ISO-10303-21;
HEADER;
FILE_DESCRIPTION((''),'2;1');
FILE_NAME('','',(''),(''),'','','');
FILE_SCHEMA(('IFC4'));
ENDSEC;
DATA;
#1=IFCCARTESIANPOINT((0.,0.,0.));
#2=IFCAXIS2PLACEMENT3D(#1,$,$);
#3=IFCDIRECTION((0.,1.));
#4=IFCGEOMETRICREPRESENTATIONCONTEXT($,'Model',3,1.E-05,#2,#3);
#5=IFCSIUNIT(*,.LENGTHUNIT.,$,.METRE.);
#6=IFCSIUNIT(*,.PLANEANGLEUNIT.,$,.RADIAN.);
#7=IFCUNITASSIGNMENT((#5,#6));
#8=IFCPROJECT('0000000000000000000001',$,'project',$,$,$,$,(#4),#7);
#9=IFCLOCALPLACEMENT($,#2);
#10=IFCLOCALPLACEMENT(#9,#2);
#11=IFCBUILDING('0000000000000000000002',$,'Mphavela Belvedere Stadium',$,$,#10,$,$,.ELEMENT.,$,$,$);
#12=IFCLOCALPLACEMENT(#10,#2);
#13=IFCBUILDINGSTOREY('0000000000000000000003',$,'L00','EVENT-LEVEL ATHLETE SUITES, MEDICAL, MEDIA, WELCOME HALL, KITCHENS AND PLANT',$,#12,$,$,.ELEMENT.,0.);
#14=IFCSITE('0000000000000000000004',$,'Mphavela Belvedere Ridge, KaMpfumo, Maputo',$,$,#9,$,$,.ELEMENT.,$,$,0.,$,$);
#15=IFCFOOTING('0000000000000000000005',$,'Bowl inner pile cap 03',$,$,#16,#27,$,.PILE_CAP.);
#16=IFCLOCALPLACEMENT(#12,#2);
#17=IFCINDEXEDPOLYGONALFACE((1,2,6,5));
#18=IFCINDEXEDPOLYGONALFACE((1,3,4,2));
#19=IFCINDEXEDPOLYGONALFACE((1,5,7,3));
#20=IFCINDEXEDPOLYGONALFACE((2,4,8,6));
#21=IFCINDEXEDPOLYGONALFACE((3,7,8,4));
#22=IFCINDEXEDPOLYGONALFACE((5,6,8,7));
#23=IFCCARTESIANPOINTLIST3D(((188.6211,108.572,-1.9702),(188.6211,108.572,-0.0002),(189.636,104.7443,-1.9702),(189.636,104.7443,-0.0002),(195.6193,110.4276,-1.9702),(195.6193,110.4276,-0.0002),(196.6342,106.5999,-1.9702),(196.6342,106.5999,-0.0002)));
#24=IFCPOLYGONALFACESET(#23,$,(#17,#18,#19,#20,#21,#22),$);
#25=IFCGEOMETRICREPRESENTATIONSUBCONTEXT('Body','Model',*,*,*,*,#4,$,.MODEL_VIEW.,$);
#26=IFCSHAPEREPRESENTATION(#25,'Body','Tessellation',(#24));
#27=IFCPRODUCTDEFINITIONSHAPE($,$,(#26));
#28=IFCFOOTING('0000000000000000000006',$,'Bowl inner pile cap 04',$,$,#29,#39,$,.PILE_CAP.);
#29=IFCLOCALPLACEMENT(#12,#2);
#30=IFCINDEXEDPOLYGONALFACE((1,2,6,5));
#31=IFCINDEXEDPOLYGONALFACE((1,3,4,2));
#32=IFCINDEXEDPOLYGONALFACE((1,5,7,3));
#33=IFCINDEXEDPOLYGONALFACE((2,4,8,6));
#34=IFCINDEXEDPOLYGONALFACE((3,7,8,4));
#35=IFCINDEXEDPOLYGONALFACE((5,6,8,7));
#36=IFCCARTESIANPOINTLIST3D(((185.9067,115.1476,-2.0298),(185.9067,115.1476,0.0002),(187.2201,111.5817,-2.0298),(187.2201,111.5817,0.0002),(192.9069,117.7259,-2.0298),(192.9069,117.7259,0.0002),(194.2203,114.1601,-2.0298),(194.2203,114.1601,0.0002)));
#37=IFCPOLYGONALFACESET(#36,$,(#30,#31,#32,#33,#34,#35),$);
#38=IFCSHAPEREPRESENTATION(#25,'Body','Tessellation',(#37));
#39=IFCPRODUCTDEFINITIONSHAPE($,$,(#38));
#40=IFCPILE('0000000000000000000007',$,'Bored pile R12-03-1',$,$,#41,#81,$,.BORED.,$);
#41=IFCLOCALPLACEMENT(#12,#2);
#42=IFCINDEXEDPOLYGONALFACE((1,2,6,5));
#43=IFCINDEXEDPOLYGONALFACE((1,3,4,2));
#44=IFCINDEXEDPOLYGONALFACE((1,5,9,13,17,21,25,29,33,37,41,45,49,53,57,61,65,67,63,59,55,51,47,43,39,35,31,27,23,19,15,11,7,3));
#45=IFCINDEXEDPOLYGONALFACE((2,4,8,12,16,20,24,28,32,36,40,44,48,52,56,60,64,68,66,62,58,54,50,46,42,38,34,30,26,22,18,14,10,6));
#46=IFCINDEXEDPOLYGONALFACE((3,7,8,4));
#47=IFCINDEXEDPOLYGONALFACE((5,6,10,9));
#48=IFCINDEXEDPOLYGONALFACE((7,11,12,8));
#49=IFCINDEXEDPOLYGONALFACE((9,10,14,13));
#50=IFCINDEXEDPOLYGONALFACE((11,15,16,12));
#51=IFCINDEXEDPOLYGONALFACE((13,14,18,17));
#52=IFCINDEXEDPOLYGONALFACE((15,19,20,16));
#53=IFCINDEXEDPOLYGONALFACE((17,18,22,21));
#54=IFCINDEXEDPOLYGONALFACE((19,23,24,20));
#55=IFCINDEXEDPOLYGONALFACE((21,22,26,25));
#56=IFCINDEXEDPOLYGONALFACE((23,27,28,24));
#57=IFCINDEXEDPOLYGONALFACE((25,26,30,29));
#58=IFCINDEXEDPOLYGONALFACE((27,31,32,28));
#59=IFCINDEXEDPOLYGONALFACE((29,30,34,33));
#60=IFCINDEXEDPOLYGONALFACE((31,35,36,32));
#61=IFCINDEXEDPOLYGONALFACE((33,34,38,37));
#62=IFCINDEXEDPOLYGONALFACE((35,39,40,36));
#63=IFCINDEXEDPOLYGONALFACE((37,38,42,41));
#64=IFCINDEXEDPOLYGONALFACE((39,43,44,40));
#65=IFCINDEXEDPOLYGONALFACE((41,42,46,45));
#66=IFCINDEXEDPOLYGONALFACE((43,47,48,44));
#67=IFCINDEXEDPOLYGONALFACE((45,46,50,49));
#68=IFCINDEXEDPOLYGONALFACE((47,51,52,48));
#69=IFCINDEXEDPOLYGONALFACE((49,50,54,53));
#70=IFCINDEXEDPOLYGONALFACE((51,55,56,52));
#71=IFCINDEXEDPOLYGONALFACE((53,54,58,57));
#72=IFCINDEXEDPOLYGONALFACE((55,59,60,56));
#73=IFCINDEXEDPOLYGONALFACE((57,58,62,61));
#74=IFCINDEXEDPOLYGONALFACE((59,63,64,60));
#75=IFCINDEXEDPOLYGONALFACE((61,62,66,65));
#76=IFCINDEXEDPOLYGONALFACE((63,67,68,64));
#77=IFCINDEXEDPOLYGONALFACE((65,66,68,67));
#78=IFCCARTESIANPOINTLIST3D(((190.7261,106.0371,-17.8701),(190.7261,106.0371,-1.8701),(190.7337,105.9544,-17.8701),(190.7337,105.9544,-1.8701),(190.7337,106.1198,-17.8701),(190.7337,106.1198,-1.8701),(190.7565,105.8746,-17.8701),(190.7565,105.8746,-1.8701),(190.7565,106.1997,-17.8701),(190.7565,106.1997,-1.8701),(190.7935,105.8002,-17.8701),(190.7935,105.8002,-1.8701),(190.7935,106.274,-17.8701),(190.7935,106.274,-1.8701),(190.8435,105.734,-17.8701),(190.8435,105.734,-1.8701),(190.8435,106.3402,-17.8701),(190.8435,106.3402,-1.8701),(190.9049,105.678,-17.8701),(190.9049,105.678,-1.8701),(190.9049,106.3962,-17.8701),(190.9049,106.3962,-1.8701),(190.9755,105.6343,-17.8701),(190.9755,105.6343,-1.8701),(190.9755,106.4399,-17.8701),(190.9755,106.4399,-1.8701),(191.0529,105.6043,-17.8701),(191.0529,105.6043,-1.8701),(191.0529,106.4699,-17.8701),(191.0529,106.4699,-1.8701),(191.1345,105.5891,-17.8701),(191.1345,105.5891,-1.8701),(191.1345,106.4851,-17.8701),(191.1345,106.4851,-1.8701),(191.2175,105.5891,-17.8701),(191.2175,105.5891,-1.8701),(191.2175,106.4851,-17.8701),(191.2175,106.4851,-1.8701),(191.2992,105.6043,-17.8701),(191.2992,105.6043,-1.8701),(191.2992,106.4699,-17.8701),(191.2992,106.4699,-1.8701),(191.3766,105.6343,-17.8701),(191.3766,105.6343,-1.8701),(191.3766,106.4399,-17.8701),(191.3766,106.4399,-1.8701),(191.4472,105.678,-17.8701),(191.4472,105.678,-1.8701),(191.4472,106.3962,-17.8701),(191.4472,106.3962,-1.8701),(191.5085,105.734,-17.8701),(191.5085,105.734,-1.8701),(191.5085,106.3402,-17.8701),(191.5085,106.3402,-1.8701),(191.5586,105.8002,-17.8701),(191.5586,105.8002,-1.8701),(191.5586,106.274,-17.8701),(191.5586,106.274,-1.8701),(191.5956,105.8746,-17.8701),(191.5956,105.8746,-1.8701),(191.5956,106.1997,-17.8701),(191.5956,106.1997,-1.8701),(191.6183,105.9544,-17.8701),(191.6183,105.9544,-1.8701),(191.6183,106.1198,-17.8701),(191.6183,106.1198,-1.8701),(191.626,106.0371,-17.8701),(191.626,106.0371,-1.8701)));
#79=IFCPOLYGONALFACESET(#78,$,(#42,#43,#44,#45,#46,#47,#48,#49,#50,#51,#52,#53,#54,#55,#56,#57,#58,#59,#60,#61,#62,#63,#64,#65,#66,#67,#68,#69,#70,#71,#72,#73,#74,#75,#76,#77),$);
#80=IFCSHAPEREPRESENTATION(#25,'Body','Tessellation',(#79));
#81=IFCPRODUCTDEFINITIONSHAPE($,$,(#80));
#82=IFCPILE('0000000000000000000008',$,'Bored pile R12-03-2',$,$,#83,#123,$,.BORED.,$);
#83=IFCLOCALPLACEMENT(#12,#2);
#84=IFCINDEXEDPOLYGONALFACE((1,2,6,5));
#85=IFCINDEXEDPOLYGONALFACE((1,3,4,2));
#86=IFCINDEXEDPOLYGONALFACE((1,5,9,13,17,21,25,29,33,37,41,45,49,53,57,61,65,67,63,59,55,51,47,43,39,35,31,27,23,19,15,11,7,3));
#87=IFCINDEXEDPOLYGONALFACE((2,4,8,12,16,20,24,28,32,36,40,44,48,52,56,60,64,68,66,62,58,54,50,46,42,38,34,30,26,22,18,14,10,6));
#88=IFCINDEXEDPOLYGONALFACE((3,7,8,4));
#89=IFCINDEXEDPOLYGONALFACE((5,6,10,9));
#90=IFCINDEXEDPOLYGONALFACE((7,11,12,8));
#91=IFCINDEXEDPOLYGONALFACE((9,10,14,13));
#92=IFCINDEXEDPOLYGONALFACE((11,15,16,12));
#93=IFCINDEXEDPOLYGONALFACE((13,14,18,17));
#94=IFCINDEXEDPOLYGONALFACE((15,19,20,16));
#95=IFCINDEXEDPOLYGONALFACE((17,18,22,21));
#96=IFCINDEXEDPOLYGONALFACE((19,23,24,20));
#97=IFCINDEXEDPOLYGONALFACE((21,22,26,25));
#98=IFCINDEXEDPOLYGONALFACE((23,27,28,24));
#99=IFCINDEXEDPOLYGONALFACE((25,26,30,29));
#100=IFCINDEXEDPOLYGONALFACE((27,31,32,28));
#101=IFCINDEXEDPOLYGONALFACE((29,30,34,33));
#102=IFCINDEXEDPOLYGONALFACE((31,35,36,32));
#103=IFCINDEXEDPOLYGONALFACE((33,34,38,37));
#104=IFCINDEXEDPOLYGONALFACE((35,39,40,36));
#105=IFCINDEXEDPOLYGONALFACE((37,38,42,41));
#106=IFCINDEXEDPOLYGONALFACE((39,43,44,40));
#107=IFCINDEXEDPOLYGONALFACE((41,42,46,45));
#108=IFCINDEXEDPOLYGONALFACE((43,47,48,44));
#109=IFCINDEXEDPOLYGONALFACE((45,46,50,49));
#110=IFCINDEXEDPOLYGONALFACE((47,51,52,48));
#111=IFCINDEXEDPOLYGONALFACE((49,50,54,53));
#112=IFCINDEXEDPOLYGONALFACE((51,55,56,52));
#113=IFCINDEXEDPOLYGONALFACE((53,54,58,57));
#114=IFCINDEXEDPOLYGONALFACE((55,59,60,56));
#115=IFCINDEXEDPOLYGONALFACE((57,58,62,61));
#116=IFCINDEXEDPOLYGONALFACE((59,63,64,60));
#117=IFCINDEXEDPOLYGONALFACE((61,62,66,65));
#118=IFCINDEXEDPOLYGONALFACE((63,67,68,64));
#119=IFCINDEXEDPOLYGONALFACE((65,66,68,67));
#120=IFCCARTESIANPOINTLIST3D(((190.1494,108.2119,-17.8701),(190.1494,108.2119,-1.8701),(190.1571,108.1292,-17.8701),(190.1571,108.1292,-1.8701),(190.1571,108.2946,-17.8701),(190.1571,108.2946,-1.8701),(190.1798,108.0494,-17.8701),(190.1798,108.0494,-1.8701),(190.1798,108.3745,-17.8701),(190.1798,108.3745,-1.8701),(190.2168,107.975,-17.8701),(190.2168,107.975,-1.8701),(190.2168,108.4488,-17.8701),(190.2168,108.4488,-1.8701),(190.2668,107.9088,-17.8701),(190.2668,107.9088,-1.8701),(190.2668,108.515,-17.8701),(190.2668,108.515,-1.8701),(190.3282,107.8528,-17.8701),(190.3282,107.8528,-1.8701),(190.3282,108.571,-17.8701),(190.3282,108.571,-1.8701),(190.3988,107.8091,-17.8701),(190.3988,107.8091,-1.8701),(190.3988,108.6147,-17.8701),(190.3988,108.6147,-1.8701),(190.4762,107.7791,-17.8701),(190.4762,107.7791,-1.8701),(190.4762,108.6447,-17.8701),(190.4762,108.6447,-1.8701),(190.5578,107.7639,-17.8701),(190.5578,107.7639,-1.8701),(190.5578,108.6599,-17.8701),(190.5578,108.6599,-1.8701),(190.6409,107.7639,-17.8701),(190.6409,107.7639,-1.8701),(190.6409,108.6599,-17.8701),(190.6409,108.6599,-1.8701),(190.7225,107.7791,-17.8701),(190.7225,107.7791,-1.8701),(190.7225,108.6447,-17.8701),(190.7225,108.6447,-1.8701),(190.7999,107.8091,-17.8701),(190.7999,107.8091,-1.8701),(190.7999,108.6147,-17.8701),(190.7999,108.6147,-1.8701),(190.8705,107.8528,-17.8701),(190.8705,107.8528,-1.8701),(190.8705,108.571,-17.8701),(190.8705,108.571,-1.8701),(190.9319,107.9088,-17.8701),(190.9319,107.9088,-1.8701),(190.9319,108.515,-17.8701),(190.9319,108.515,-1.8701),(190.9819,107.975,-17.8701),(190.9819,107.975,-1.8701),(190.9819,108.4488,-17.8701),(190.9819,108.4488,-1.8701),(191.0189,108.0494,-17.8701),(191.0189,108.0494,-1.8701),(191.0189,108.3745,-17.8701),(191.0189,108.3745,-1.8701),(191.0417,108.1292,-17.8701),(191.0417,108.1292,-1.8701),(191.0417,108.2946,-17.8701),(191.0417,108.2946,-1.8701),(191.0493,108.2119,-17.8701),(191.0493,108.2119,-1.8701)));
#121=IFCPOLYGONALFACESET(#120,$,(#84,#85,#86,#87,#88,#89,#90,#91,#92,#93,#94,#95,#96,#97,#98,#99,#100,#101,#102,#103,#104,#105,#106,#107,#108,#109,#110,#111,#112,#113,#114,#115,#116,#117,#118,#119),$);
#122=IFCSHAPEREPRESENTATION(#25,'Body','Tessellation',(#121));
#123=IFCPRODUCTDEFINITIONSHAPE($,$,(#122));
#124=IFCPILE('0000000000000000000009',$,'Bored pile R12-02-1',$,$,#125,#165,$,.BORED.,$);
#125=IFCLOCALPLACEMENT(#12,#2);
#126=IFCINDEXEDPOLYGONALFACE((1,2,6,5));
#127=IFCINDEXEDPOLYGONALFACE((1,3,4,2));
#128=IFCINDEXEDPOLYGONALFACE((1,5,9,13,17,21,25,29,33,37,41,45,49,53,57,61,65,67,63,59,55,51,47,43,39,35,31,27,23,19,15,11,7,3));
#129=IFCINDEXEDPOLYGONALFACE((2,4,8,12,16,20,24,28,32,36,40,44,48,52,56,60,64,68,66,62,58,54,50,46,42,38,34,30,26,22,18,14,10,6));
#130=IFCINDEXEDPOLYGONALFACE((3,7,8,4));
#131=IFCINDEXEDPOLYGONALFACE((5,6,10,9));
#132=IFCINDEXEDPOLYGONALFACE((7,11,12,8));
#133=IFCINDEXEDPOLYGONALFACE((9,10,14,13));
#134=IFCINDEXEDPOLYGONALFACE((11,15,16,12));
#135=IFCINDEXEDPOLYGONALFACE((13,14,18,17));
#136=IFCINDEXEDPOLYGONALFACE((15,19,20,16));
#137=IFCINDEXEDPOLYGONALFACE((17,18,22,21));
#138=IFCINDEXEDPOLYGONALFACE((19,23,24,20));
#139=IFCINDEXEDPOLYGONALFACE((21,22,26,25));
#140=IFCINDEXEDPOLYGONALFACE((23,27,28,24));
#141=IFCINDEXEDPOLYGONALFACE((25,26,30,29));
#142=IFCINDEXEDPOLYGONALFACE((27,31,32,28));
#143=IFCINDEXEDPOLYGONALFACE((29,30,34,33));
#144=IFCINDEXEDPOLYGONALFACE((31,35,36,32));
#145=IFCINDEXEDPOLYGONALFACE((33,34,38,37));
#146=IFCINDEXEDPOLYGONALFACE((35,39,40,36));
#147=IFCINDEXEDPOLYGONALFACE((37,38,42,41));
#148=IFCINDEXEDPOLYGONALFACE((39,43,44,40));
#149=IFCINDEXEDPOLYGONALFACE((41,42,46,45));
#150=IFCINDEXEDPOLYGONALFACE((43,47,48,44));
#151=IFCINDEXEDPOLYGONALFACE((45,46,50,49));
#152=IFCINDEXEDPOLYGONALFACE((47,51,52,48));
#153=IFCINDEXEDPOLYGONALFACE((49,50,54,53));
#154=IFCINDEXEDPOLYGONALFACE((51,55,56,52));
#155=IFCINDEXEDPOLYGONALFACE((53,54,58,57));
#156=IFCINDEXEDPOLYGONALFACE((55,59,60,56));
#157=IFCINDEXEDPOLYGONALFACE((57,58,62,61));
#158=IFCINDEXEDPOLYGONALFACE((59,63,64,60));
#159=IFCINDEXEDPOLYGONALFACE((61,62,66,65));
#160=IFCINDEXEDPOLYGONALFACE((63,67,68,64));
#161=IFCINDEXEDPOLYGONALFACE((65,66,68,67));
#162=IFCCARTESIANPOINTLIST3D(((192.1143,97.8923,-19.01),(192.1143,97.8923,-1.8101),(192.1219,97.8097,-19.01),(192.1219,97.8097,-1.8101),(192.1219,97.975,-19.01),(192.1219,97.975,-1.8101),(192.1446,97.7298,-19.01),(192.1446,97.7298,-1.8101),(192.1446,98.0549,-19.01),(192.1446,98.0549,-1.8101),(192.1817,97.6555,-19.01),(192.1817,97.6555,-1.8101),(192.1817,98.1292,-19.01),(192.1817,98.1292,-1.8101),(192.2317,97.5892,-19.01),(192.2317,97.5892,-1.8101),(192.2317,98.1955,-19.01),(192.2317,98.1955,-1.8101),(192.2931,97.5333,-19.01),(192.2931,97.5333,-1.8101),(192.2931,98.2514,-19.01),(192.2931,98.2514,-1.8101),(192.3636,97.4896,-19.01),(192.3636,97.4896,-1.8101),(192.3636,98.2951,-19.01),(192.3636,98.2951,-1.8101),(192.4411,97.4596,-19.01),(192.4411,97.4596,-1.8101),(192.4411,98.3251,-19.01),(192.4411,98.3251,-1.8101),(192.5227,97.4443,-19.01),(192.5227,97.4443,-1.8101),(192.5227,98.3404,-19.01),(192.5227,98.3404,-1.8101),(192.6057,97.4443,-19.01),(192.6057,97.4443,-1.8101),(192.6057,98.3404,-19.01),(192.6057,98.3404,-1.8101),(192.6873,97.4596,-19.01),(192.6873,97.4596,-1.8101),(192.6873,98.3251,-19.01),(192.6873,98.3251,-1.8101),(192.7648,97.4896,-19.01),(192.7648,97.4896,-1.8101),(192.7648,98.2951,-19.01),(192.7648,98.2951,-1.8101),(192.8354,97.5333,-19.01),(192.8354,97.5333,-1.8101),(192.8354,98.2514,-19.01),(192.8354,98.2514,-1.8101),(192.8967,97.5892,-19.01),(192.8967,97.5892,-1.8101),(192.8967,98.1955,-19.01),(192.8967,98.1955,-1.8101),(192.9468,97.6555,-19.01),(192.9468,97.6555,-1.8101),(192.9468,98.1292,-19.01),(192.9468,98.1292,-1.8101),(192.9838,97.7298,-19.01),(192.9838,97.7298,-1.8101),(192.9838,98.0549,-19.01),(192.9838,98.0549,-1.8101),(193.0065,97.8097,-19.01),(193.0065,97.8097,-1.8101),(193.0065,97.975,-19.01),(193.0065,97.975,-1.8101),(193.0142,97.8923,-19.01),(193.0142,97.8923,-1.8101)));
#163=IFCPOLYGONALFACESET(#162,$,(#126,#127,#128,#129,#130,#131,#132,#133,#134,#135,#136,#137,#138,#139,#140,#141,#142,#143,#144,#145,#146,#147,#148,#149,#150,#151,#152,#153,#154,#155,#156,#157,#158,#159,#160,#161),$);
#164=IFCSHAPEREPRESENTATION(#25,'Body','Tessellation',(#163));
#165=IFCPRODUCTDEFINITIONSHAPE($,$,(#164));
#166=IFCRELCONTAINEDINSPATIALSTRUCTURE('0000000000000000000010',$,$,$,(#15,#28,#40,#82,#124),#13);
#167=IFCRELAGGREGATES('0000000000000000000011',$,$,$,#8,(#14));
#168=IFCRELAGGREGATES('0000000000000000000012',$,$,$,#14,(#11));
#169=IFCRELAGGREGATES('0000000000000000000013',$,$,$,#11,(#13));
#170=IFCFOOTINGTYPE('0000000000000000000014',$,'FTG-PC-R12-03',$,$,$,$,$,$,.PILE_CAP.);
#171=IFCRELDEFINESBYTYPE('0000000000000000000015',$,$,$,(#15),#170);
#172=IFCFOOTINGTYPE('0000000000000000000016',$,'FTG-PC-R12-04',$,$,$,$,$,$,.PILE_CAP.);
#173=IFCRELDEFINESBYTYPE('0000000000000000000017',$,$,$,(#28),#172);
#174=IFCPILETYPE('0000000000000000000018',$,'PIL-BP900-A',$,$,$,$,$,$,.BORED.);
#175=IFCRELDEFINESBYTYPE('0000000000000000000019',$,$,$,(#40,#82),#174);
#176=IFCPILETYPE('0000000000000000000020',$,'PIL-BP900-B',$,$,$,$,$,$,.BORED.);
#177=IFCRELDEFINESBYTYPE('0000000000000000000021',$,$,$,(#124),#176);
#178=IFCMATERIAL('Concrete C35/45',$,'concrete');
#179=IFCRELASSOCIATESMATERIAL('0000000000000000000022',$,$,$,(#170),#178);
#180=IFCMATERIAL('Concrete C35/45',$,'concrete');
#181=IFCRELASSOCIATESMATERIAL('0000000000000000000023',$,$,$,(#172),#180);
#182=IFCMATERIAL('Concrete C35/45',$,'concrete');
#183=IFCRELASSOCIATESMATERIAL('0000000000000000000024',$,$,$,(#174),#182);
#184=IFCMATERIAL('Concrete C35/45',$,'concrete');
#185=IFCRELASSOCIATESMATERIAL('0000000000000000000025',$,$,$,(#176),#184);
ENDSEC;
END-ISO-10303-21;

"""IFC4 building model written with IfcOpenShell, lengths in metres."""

from ifc_helpers import new_model, si_unit, direction, frame, origin, origin_2d, place, context, subcontext, project, spatial, rectangle, circle, extrude, material, material_profile, profile_set, type_object, element, save


model = new_model("IFC4")

# Units and contexts
model_context = context("Model", 3, precision=1e-05, world=origin(), true_north=direction((0.0, 1.0)))
body_context = subcontext(model_context, "Body", "Model", "MODEL_VIEW")
ifc_project = project(units=[si_unit("LENGTHUNIT", "METRE"), si_unit("PLANEANGLEUNIT", "RADIAN")], contexts=[model_context])

# Site, building, storey
site_placement = place(None, origin())
site = spatial("IfcSite", under=ifc_project, at=site_placement, Name="Mphavela Belvedere Ridge, KaMpfumo, Maputo", CompositionType="ELEMENT", RefElevation=0.0)
building_placement = place(site_placement, origin())
building = spatial("IfcBuilding", under=site, at=building_placement, Name="Mphavela Belvedere Stadium", CompositionType="ELEMENT")
storey_placement = place(building_placement, origin())
storey = spatial("IfcBuildingStorey", under=building, at=storey_placement, Name="L00", Description="EVENT-LEVEL ATHLETE SUITES, MEDICAL, MEDIA, WELCOME HALL, KITCHENS AND PLANT", CompositionType="ELEMENT", Elevation=0.0)

# Footings
ifc_material_1 = material(Name="Concrete C35/45", Category="concrete")
footing_type_1 = type_object("IfcFootingType", Name="FTG-PC-R12-03", PredefinedType="PILE_CAP", material=ifc_material_1)
footing_1_placement = place(storey_placement, frame((192.6277, 107.5859, -1.9702), z_axis=(0.0, 0.0, 1.0), x_axis=(0.9666, 0.256289, 0.0)))
element("IfcFooting", 1, at=footing_1_placement, inside=storey, type_object=footing_type_1, Name="Bowl inner pile cap 03", PredefinedType="PILE_CAP", context=body_context, shape_type="SweptSolid", body=[
    extrude(rectangle(XDim=7.24, YDim=3.96, at=origin_2d()), origin(), (0.0, 0.0, 1.0), 1.97),
])
ifc_material_2 = material(Name="Concrete C35/45", Category="concrete")
footing_type_2 = type_object("IfcFootingType", Name="FTG-PC-R12-04", PredefinedType="PILE_CAP", material=ifc_material_2)
footing_2_placement = place(storey_placement, frame((190.0635, 114.6538, -2.0298), z_axis=(0.0, 0.0, 1.0), x_axis=(0.938372, 0.345626, 0.0)))
element("IfcFooting", 2, at=footing_2_placement, inside=storey, type_object=footing_type_2, Name="Bowl inner pile cap 04", PredefinedType="PILE_CAP", context=body_context, shape_type="SweptSolid", body=[
    extrude(rectangle(XDim=7.46, YDim=3.8, at=origin_2d()), origin(), (0.0, 0.0, 1.0), 2.03),
])

# Piles
ifc_material_3 = material(Name="Concrete C35/45", Category="concrete")
ifc_material_profile_1 = material_profile(ifc_material_3, circle(Radius=0.45, at=origin_2d()), Name="BP D900")
ifc_profile_set_1 = profile_set([ifc_material_profile_1], Name="Concrete C35/45")
pile_type_1 = type_object("IfcPileType", Name="PIL-BP900-A", PredefinedType="BORED", material=ifc_profile_set_1)
for number, where, z_axis, x_axis, name in (
    (3, (191.176, 106.0371, -1.8701), (0.0, 0.0, -1.0), (1.0, 0.0, 0.0), "Bored pile R12-03-1"),
    (4, (190.5994, 108.2119, -1.8701), (0.0, 0.0, -1.0), (1.0, 0.0, 0.0), "Bored pile R12-03-2"),
):
    element("IfcPile", number, at=place(storey_placement, frame(where, z_axis=z_axis, x_axis=x_axis)), inside=storey, type_object=pile_type_1, Name=name, PredefinedType="BORED", context=body_context, shape_type="SweptSolid", body=[
        extrude(circle(Radius=0.45, at=origin_2d()), origin(), (0.0, 0.0, 1.0), 16.0),
    ])
ifc_material_4 = material(Name="Concrete C35/45", Category="concrete")
ifc_material_profile_2 = material_profile(ifc_material_4, circle(Radius=0.45, at=origin_2d()), Name="BP D900")
ifc_profile_set_2 = profile_set([ifc_material_profile_2], Name="Concrete C35/45")
pile_type_2 = type_object("IfcPileType", Name="PIL-BP900-B", PredefinedType="BORED", material=ifc_profile_set_2)
for number, where, z_axis, x_axis, name in (
    (5, (192.5642, 97.8923, -1.8101), (0.0, 0.0, -1.0), (1.0, 0.0, 0.0), "Bored pile R12-02-1"),
):
    element("IfcPile", number, at=place(storey_placement, frame(where, z_axis=z_axis, x_axis=x_axis)), inside=storey, type_object=pile_type_2, Name=name, PredefinedType="BORED", context=body_context, shape_type="SweptSolid", body=[
        extrude(circle(Radius=0.45, at=origin_2d()), origin(), (0.0, 0.0, 1.0), 17.2),
    ])

save(model, "model.ifc")
